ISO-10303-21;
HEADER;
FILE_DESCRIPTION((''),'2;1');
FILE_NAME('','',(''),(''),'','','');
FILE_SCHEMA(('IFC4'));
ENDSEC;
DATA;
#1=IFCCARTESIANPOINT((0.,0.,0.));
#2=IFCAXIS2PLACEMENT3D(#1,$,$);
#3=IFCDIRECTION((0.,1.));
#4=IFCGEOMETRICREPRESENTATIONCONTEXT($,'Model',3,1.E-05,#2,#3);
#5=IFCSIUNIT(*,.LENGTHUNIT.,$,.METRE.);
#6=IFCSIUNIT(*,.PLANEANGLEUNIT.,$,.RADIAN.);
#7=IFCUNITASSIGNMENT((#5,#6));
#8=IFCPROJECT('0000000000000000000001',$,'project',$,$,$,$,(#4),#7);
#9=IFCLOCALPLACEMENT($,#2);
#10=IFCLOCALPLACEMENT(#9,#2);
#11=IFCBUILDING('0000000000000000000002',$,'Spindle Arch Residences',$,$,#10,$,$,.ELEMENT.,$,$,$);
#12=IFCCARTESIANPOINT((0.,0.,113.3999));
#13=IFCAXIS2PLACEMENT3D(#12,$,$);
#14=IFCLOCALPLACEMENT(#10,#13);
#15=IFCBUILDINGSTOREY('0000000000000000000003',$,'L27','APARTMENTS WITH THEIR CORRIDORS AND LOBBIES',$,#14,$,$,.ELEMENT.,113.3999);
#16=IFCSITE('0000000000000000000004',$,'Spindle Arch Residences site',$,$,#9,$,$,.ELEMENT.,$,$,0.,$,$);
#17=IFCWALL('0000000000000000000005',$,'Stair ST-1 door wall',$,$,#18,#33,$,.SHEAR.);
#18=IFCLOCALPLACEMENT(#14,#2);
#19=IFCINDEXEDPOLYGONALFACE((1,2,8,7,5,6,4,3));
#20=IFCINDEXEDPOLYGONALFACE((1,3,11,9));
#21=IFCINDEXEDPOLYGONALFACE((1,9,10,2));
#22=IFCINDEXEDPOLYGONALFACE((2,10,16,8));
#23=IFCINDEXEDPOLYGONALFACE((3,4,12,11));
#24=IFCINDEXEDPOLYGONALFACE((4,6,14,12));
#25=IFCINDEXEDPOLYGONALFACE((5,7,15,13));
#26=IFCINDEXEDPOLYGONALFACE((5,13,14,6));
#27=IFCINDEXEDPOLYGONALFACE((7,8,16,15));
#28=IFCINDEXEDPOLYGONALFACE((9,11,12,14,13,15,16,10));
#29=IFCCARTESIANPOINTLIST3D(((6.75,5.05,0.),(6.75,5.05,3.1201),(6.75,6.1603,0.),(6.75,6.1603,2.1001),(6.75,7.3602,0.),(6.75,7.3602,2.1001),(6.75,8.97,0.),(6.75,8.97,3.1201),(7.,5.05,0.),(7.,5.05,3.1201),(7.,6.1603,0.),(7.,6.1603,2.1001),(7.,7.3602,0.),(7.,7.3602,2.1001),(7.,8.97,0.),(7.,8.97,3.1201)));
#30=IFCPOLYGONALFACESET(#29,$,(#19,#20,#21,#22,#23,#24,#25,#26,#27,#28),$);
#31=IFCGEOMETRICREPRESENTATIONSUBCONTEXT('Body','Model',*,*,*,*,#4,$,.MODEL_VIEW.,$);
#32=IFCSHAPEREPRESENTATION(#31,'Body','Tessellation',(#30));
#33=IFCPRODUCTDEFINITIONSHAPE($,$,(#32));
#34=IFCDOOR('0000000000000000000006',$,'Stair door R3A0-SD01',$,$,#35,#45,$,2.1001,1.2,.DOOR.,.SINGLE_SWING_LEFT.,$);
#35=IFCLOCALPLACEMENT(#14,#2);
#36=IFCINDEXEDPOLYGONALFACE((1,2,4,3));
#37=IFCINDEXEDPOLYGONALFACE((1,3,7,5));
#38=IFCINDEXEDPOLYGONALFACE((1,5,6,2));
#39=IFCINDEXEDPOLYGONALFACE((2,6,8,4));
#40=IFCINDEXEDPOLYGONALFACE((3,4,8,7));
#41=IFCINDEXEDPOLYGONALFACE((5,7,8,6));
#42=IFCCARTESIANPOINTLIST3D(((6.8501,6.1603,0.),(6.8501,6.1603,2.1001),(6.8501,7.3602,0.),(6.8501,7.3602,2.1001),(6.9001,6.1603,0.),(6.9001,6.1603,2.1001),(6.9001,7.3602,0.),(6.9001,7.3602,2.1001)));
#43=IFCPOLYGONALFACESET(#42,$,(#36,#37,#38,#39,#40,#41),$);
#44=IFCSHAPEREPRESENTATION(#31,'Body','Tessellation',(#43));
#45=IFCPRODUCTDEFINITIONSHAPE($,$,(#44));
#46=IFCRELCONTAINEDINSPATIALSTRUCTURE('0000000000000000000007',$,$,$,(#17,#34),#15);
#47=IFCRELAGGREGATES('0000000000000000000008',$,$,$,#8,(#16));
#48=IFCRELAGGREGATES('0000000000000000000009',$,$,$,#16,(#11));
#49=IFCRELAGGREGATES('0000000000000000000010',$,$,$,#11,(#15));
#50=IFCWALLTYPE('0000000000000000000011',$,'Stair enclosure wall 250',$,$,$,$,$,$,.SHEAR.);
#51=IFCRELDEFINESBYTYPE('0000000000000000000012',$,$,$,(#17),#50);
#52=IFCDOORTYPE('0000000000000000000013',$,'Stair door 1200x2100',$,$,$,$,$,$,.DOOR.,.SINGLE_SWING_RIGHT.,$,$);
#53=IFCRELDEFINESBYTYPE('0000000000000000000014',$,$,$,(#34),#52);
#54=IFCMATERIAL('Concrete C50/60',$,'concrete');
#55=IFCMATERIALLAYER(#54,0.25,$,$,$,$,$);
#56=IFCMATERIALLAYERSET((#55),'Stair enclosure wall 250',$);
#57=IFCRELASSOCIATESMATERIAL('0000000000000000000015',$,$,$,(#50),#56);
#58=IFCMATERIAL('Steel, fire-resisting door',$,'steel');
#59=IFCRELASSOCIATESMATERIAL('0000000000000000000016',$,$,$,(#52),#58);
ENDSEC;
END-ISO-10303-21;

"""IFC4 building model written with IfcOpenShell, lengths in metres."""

from ifc_helpers import new_model, si_unit, direction, frame, frame_2d, origin, place, context, subcontext, project, spatial, rectangle, extrude, material, layer, layer_set, type_object, element, fill, save


model = new_model("IFC4")

# Units and contexts
model_context = context("Model", 3, precision=1e-05, world=origin(), true_north=direction((0.0, 1.0)))
body_context = subcontext(model_context, "Body", "Model", "MODEL_VIEW")
ifc_project = project(units=[si_unit("LENGTHUNIT", "METRE"), si_unit("PLANEANGLEUNIT", "RADIAN")], contexts=[model_context])

# Site, building, storey
site_placement = place(None, origin())
site = spatial("IfcSite", under=ifc_project, at=site_placement, Name="Spindle Arch Residences site", CompositionType="ELEMENT", RefElevation=0.0)
building_placement = place(site_placement, origin())
building = spatial("IfcBuilding", under=site, at=building_placement, Name="Spindle Arch Residences", CompositionType="ELEMENT")
storey_placement = place(building_placement, frame((0.0, 0.0, 113.3999)))
storey = spatial("IfcBuildingStorey", under=building, at=storey_placement, Name="L27", Description="APARTMENTS WITH THEIR CORRIDORS AND LOBBIES", CompositionType="ELEMENT", Elevation=113.3999)

# Wall, opening, door
ifc_material_1 = material(Name="Concrete C50/60", Category="concrete")
ifc_layer_1 = layer(ifc_material_1, 0.25)
ifc_layer_set_1 = layer_set([ifc_layer_1], Name="Stair enclosure wall 250")
wall_type_1 = type_object("IfcWallType", Name="Stair enclosure wall 250", PredefinedType="SHEAR", material=ifc_layer_set_1)
wall_1_placement = place(storey_placement, frame((6.875, 5.05, 0.0), z_axis=(0.0, 0.0, 1.0), x_axis=(0.0, 1.0, 0.0)))
wall_1 = element("IfcWall", 1, at=wall_1_placement, inside=storey, type_object=wall_type_1, Name="Stair ST-1 door wall", PredefinedType="SHEAR", context=body_context, shape_type="SweptSolid", body=[
    extrude(rectangle(XDim=3.9199, YDim=0.25, at=frame_2d((1.96, 0.0))), origin(), (0.0, 0.0, 1.0), 3.1201),
])
opening_1_placement = place(wall_1_placement, frame((1.1101, 0.0, 0.0)))
opening_1 = element("IfcOpeningElement", 2, at=opening_1_placement, cuts=wall_1, PredefinedType="OPENING", context=body_context, shape_type="SweptSolid", body=[
    extrude(rectangle(XDim=1.2, YDim=2.1001, at=frame_2d((0.6001, 1.05))), frame((0.0, 0.135, 0.0), z_axis=(0.0, -1.0, 0.0), x_axis=(1.0, 0.0, 0.0)), (0.0, 0.0, 1.0), 0.27),
])
ifc_material_2 = material(Name="Steel, fire-resisting door", Category="steel")
door_type_1 = type_object("IfcDoorType", Name="Stair door 1200x2100", OperationType="SINGLE_SWING_RIGHT", PredefinedType="DOOR", material=ifc_material_2)
door_1_placement = place(opening_1_placement, origin())
door_1 = element("IfcDoor", 3, at=door_1_placement, inside=storey, type_object=door_type_1, Name="Stair door R3A0-SD01", OperationType="SINGLE_SWING_LEFT", OverallHeight=2.1001, OverallWidth=1.2, PredefinedType="DOOR", context=body_context, shape_type="SweptSolid", body=[
    extrude(rectangle(XDim=1.2, YDim=2.1001, at=frame_2d((0.6001, 1.05))), frame((0.0, 0.0249, 0.0), z_axis=(0.0, -1.0, 0.0), x_axis=(1.0, 0.0, 0.0)), (0.0, 0.0, 1.0), 0.05),
])
fill(opening_1, door_1)

save(model, "model.ifc")
